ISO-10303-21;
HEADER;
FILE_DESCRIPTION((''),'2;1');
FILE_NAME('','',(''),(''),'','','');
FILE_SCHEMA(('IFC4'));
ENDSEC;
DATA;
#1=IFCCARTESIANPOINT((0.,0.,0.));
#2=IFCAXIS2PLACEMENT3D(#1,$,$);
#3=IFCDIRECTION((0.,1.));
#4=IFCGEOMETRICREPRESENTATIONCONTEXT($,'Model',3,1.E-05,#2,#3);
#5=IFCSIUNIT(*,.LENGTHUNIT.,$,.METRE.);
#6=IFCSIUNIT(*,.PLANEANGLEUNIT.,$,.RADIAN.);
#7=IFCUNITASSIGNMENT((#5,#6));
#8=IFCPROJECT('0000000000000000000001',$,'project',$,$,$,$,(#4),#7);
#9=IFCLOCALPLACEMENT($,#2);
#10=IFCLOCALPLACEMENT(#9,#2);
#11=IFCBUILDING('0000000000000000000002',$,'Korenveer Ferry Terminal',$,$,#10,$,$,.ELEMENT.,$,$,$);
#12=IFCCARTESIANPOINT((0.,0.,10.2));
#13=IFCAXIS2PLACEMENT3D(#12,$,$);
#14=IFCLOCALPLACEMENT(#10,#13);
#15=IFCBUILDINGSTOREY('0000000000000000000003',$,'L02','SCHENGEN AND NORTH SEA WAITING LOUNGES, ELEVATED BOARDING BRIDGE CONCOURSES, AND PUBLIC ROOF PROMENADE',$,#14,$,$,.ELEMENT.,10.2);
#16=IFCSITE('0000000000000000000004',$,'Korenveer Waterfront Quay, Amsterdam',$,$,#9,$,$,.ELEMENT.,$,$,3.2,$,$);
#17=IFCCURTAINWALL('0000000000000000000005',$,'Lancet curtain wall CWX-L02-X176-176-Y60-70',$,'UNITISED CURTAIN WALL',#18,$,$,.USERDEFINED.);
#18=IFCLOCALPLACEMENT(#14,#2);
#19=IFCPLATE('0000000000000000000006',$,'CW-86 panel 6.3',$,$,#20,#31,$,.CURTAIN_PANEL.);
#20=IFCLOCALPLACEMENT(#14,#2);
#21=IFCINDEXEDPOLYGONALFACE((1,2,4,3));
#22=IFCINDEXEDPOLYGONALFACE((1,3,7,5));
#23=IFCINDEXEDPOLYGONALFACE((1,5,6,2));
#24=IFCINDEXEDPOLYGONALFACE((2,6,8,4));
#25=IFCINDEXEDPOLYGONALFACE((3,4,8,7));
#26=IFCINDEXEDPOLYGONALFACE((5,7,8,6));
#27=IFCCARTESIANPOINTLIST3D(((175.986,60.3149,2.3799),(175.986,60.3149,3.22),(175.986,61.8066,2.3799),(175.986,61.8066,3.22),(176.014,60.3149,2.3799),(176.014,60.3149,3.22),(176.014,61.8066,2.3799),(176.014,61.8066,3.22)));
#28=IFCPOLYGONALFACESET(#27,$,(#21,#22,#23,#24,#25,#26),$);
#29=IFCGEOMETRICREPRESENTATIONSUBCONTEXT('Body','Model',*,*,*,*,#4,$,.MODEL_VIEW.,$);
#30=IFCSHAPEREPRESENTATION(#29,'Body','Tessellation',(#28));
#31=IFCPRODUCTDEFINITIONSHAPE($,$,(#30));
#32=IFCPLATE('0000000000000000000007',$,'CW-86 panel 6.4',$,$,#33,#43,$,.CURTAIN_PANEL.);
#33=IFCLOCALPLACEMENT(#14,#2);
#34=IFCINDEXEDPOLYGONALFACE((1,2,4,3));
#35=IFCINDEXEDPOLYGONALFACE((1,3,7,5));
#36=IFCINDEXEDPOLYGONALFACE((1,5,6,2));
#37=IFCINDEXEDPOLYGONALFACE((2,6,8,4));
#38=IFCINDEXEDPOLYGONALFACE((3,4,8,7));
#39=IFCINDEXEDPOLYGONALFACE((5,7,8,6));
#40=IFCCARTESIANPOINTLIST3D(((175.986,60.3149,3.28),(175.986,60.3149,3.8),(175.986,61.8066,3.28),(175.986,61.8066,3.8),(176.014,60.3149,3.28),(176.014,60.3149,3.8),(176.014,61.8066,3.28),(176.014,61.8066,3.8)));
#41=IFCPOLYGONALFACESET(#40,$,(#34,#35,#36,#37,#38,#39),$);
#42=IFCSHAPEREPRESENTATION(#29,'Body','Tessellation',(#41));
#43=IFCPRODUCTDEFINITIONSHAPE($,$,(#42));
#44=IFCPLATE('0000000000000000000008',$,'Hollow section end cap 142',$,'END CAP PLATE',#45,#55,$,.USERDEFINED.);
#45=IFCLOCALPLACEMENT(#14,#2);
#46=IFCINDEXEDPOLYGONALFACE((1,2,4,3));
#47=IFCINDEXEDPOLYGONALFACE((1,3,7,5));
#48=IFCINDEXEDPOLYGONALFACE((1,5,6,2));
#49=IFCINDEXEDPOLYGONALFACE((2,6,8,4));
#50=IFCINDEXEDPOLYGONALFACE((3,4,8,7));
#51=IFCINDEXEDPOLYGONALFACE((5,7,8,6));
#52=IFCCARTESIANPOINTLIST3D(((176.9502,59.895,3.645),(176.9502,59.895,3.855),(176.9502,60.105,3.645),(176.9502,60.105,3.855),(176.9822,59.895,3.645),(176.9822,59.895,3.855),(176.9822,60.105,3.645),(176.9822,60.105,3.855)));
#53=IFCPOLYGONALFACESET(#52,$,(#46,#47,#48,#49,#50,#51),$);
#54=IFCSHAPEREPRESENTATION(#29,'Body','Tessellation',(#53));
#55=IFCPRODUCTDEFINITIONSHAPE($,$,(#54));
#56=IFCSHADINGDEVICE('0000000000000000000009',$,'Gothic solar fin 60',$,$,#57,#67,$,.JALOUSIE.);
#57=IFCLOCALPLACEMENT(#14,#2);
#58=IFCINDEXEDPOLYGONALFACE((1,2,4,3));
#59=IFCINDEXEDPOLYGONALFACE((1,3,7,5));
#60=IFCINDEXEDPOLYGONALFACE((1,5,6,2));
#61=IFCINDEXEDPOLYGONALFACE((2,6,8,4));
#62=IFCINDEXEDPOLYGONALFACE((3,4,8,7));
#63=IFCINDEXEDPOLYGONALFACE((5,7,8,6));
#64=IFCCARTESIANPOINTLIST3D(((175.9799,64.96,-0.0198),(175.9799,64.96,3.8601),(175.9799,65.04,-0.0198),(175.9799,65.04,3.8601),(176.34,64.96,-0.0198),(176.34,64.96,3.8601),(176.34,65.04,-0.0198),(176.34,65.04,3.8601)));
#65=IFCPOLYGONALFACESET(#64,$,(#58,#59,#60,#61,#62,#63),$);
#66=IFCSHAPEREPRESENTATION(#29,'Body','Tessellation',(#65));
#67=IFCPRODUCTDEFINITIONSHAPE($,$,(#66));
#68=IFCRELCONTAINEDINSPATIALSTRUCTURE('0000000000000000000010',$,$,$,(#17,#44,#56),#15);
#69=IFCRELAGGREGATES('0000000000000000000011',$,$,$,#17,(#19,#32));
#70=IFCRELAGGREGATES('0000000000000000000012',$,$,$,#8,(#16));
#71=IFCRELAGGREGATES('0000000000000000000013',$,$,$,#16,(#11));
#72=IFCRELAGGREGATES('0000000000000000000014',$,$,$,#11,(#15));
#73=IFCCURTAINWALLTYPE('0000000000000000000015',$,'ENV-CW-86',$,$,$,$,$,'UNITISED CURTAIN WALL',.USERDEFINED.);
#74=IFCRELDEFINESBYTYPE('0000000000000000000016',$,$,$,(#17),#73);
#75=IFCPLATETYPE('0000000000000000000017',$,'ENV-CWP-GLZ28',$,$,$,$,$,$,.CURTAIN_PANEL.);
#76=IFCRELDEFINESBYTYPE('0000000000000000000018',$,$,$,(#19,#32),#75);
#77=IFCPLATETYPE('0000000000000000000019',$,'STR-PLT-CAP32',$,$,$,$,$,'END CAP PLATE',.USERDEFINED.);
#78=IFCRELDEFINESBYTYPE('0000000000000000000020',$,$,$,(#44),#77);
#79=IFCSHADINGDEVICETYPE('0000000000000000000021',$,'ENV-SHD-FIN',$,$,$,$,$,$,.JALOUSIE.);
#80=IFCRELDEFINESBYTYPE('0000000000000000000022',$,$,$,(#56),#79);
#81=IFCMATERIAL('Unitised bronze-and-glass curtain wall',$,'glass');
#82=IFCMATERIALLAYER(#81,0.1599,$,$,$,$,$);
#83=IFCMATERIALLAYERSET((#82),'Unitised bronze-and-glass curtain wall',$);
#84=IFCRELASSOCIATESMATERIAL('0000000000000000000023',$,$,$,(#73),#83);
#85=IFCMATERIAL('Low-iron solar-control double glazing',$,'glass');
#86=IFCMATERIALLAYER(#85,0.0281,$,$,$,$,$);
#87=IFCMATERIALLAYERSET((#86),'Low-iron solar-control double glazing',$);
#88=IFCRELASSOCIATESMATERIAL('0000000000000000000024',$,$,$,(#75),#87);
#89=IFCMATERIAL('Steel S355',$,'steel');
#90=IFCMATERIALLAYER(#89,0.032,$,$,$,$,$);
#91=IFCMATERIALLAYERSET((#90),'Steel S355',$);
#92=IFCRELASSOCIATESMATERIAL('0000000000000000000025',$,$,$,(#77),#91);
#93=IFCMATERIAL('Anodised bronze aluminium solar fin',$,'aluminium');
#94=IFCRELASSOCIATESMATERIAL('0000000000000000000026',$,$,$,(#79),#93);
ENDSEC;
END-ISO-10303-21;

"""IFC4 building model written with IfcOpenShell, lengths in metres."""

from ifc_helpers import new_model, si_unit, direction, frame, origin, origin_2d, place, context, subcontext, project, spatial, rectangle, extrude, material, layer, layer_set, type_object, element, aggregate, save


model = new_model("IFC4")

# Units and contexts
model_context = context("Model", 3, precision=1e-05, world=origin(), true_north=direction((0.0, 1.0)))
body_context = subcontext(model_context, "Body", "Model", "MODEL_VIEW")
ifc_project = project(units=[si_unit("LENGTHUNIT", "METRE"), si_unit("PLANEANGLEUNIT", "RADIAN")], contexts=[model_context])

# Site, building, storey
site_placement = place(None, origin())
site = spatial("IfcSite", under=ifc_project, at=site_placement, Name="Korenveer Waterfront Quay, Amsterdam", CompositionType="ELEMENT", RefElevation=3.2)
building_placement = place(site_placement, origin())
building = spatial("IfcBuilding", under=site, at=building_placement, Name="Korenveer Ferry Terminal", CompositionType="ELEMENT")
storey_placement = place(building_placement, frame((0.0, 0.0, 10.2)))
storey = spatial("IfcBuildingStorey", under=building, at=storey_placement, Name="L02", Description="SCHENGEN AND NORTH SEA WAITING LOUNGES, ELEVATED BOARDING BRIDGE CONCOURSES, AND PUBLIC ROOF PROMENADE", CompositionType="ELEMENT", Elevation=10.2)

# Shared definitions
ifc_material_1 = material(Name="Steel S355", Category="steel")

# Curtain wall
ifc_material_2 = material(Name="Unitised bronze-and-glass curtain wall", Category="glass")
ifc_layer_1 = layer(ifc_material_2, 0.1599)
ifc_layer_set_1 = layer_set([ifc_layer_1], Name="Unitised bronze-and-glass curtain wall")
curtain_wall_type = type_object("IfcCurtainWallType", Name="ENV-CW-86", ElementType="UNITISED CURTAIN WALL", PredefinedType="USERDEFINED", material=ifc_layer_set_1)
curtain_wall_placement = place(storey_placement, frame((176.0, 69.7451, 0.0)))
curtain_wall = element("IfcCurtainWall", 1, at=curtain_wall_placement, inside=storey, type_object=curtain_wall_type, Name="Lancet curtain wall CWX-L02-X176-176-Y60-70", ObjectType="UNITISED CURTAIN WALL", PredefinedType="USERDEFINED")

# Plates
ifc_material_3 = material(Name="Low-iron solar-control double glazing", Category="glass")
ifc_layer_2 = layer(ifc_material_3, 0.0281)
ifc_layer_set_2 = layer_set([ifc_layer_2], Name="Low-iron solar-control double glazing")
plate_type_1 = type_object("IfcPlateType", Name="ENV-CWP-GLZ28", PredefinedType="CURTAIN_PANEL", material=ifc_layer_set_2)
plate_1_placement = place(storey_placement, frame((176.0, 61.0608, 2.3799), z_axis=(0.0, 0.0, 1.0), x_axis=(0.0, -1.0, 0.0)))
plate_1 = element("IfcPlate", 2, at=plate_1_placement, type_object=plate_type_1, Name="CW-86 panel 6.3", PredefinedType="CURTAIN_PANEL", context=body_context, shape_type="SweptSolid", body=[
    extrude(rectangle(XDim=1.4917, YDim=0.0281, at=origin_2d()), origin(), (0.0, 0.0, 1.0), 0.8401),
])
plate_2_placement = place(storey_placement, frame((176.0, 61.0608, 3.28), z_axis=(0.0, 0.0, 1.0), x_axis=(0.0, -1.0, 0.0)))
plate_2 = element("IfcPlate", 3, at=plate_2_placement, type_object=plate_type_1, Name="CW-86 panel 6.4", PredefinedType="CURTAIN_PANEL", context=body_context, shape_type="SweptSolid", body=[
    extrude(rectangle(XDim=1.4917, YDim=0.0281, at=origin_2d()), origin(), (0.0, 0.0, 1.0), 0.52),
])
aggregate(curtain_wall, [plate_1, plate_2])
ifc_layer_3 = layer(ifc_material_1, 0.032)
ifc_layer_set_3 = layer_set([ifc_layer_3], Name="Steel S355")
plate_type_2 = type_object("IfcPlateType", Name="STR-PLT-CAP32", ElementType="END CAP PLATE", PredefinedType="USERDEFINED", material=ifc_layer_set_3)
plate_3_placement = place(storey_placement, frame((176.9502, 60.0, 3.75), z_axis=(1.0, 0.0, 0.0), x_axis=(0.0, 1.0, 0.0)))
element("IfcPlate", 4, at=plate_3_placement, inside=storey, type_object=plate_type_2, Name="Hollow section end cap 142", ObjectType="END CAP PLATE", PredefinedType="USERDEFINED", context=body_context, shape_type="SweptSolid", body=[
    extrude(rectangle(XDim=0.21, YDim=0.21, at=origin_2d()), origin(), (0.0, 0.0, 1.0), 0.032),
])

# Shading device
ifc_material_4 = material(Name="Anodised bronze aluminium solar fin", Category="aluminium")
shading_device_type = type_object("IfcShadingDeviceType", Name="ENV-SHD-FIN", PredefinedType="JALOUSIE", material=ifc_material_4)
shading_device_placement = place(storey_placement, frame((176.1599, 65.0, -0.0198), z_axis=(0.0, 0.0, 1.0), x_axis=(1.0, 0.0, 0.0)))
element("IfcShadingDevice", 5, at=shading_device_placement, inside=storey, type_object=shading_device_type, Name="Gothic solar fin 60", PredefinedType="JALOUSIE", context=body_context, shape_type="SweptSolid", body=[
    extrude(rectangle(XDim=0.3601, YDim=0.0801, at=origin_2d()), origin(), (0.0, 0.0, 1.0), 3.8799),
])

save(model, "model.ifc")
